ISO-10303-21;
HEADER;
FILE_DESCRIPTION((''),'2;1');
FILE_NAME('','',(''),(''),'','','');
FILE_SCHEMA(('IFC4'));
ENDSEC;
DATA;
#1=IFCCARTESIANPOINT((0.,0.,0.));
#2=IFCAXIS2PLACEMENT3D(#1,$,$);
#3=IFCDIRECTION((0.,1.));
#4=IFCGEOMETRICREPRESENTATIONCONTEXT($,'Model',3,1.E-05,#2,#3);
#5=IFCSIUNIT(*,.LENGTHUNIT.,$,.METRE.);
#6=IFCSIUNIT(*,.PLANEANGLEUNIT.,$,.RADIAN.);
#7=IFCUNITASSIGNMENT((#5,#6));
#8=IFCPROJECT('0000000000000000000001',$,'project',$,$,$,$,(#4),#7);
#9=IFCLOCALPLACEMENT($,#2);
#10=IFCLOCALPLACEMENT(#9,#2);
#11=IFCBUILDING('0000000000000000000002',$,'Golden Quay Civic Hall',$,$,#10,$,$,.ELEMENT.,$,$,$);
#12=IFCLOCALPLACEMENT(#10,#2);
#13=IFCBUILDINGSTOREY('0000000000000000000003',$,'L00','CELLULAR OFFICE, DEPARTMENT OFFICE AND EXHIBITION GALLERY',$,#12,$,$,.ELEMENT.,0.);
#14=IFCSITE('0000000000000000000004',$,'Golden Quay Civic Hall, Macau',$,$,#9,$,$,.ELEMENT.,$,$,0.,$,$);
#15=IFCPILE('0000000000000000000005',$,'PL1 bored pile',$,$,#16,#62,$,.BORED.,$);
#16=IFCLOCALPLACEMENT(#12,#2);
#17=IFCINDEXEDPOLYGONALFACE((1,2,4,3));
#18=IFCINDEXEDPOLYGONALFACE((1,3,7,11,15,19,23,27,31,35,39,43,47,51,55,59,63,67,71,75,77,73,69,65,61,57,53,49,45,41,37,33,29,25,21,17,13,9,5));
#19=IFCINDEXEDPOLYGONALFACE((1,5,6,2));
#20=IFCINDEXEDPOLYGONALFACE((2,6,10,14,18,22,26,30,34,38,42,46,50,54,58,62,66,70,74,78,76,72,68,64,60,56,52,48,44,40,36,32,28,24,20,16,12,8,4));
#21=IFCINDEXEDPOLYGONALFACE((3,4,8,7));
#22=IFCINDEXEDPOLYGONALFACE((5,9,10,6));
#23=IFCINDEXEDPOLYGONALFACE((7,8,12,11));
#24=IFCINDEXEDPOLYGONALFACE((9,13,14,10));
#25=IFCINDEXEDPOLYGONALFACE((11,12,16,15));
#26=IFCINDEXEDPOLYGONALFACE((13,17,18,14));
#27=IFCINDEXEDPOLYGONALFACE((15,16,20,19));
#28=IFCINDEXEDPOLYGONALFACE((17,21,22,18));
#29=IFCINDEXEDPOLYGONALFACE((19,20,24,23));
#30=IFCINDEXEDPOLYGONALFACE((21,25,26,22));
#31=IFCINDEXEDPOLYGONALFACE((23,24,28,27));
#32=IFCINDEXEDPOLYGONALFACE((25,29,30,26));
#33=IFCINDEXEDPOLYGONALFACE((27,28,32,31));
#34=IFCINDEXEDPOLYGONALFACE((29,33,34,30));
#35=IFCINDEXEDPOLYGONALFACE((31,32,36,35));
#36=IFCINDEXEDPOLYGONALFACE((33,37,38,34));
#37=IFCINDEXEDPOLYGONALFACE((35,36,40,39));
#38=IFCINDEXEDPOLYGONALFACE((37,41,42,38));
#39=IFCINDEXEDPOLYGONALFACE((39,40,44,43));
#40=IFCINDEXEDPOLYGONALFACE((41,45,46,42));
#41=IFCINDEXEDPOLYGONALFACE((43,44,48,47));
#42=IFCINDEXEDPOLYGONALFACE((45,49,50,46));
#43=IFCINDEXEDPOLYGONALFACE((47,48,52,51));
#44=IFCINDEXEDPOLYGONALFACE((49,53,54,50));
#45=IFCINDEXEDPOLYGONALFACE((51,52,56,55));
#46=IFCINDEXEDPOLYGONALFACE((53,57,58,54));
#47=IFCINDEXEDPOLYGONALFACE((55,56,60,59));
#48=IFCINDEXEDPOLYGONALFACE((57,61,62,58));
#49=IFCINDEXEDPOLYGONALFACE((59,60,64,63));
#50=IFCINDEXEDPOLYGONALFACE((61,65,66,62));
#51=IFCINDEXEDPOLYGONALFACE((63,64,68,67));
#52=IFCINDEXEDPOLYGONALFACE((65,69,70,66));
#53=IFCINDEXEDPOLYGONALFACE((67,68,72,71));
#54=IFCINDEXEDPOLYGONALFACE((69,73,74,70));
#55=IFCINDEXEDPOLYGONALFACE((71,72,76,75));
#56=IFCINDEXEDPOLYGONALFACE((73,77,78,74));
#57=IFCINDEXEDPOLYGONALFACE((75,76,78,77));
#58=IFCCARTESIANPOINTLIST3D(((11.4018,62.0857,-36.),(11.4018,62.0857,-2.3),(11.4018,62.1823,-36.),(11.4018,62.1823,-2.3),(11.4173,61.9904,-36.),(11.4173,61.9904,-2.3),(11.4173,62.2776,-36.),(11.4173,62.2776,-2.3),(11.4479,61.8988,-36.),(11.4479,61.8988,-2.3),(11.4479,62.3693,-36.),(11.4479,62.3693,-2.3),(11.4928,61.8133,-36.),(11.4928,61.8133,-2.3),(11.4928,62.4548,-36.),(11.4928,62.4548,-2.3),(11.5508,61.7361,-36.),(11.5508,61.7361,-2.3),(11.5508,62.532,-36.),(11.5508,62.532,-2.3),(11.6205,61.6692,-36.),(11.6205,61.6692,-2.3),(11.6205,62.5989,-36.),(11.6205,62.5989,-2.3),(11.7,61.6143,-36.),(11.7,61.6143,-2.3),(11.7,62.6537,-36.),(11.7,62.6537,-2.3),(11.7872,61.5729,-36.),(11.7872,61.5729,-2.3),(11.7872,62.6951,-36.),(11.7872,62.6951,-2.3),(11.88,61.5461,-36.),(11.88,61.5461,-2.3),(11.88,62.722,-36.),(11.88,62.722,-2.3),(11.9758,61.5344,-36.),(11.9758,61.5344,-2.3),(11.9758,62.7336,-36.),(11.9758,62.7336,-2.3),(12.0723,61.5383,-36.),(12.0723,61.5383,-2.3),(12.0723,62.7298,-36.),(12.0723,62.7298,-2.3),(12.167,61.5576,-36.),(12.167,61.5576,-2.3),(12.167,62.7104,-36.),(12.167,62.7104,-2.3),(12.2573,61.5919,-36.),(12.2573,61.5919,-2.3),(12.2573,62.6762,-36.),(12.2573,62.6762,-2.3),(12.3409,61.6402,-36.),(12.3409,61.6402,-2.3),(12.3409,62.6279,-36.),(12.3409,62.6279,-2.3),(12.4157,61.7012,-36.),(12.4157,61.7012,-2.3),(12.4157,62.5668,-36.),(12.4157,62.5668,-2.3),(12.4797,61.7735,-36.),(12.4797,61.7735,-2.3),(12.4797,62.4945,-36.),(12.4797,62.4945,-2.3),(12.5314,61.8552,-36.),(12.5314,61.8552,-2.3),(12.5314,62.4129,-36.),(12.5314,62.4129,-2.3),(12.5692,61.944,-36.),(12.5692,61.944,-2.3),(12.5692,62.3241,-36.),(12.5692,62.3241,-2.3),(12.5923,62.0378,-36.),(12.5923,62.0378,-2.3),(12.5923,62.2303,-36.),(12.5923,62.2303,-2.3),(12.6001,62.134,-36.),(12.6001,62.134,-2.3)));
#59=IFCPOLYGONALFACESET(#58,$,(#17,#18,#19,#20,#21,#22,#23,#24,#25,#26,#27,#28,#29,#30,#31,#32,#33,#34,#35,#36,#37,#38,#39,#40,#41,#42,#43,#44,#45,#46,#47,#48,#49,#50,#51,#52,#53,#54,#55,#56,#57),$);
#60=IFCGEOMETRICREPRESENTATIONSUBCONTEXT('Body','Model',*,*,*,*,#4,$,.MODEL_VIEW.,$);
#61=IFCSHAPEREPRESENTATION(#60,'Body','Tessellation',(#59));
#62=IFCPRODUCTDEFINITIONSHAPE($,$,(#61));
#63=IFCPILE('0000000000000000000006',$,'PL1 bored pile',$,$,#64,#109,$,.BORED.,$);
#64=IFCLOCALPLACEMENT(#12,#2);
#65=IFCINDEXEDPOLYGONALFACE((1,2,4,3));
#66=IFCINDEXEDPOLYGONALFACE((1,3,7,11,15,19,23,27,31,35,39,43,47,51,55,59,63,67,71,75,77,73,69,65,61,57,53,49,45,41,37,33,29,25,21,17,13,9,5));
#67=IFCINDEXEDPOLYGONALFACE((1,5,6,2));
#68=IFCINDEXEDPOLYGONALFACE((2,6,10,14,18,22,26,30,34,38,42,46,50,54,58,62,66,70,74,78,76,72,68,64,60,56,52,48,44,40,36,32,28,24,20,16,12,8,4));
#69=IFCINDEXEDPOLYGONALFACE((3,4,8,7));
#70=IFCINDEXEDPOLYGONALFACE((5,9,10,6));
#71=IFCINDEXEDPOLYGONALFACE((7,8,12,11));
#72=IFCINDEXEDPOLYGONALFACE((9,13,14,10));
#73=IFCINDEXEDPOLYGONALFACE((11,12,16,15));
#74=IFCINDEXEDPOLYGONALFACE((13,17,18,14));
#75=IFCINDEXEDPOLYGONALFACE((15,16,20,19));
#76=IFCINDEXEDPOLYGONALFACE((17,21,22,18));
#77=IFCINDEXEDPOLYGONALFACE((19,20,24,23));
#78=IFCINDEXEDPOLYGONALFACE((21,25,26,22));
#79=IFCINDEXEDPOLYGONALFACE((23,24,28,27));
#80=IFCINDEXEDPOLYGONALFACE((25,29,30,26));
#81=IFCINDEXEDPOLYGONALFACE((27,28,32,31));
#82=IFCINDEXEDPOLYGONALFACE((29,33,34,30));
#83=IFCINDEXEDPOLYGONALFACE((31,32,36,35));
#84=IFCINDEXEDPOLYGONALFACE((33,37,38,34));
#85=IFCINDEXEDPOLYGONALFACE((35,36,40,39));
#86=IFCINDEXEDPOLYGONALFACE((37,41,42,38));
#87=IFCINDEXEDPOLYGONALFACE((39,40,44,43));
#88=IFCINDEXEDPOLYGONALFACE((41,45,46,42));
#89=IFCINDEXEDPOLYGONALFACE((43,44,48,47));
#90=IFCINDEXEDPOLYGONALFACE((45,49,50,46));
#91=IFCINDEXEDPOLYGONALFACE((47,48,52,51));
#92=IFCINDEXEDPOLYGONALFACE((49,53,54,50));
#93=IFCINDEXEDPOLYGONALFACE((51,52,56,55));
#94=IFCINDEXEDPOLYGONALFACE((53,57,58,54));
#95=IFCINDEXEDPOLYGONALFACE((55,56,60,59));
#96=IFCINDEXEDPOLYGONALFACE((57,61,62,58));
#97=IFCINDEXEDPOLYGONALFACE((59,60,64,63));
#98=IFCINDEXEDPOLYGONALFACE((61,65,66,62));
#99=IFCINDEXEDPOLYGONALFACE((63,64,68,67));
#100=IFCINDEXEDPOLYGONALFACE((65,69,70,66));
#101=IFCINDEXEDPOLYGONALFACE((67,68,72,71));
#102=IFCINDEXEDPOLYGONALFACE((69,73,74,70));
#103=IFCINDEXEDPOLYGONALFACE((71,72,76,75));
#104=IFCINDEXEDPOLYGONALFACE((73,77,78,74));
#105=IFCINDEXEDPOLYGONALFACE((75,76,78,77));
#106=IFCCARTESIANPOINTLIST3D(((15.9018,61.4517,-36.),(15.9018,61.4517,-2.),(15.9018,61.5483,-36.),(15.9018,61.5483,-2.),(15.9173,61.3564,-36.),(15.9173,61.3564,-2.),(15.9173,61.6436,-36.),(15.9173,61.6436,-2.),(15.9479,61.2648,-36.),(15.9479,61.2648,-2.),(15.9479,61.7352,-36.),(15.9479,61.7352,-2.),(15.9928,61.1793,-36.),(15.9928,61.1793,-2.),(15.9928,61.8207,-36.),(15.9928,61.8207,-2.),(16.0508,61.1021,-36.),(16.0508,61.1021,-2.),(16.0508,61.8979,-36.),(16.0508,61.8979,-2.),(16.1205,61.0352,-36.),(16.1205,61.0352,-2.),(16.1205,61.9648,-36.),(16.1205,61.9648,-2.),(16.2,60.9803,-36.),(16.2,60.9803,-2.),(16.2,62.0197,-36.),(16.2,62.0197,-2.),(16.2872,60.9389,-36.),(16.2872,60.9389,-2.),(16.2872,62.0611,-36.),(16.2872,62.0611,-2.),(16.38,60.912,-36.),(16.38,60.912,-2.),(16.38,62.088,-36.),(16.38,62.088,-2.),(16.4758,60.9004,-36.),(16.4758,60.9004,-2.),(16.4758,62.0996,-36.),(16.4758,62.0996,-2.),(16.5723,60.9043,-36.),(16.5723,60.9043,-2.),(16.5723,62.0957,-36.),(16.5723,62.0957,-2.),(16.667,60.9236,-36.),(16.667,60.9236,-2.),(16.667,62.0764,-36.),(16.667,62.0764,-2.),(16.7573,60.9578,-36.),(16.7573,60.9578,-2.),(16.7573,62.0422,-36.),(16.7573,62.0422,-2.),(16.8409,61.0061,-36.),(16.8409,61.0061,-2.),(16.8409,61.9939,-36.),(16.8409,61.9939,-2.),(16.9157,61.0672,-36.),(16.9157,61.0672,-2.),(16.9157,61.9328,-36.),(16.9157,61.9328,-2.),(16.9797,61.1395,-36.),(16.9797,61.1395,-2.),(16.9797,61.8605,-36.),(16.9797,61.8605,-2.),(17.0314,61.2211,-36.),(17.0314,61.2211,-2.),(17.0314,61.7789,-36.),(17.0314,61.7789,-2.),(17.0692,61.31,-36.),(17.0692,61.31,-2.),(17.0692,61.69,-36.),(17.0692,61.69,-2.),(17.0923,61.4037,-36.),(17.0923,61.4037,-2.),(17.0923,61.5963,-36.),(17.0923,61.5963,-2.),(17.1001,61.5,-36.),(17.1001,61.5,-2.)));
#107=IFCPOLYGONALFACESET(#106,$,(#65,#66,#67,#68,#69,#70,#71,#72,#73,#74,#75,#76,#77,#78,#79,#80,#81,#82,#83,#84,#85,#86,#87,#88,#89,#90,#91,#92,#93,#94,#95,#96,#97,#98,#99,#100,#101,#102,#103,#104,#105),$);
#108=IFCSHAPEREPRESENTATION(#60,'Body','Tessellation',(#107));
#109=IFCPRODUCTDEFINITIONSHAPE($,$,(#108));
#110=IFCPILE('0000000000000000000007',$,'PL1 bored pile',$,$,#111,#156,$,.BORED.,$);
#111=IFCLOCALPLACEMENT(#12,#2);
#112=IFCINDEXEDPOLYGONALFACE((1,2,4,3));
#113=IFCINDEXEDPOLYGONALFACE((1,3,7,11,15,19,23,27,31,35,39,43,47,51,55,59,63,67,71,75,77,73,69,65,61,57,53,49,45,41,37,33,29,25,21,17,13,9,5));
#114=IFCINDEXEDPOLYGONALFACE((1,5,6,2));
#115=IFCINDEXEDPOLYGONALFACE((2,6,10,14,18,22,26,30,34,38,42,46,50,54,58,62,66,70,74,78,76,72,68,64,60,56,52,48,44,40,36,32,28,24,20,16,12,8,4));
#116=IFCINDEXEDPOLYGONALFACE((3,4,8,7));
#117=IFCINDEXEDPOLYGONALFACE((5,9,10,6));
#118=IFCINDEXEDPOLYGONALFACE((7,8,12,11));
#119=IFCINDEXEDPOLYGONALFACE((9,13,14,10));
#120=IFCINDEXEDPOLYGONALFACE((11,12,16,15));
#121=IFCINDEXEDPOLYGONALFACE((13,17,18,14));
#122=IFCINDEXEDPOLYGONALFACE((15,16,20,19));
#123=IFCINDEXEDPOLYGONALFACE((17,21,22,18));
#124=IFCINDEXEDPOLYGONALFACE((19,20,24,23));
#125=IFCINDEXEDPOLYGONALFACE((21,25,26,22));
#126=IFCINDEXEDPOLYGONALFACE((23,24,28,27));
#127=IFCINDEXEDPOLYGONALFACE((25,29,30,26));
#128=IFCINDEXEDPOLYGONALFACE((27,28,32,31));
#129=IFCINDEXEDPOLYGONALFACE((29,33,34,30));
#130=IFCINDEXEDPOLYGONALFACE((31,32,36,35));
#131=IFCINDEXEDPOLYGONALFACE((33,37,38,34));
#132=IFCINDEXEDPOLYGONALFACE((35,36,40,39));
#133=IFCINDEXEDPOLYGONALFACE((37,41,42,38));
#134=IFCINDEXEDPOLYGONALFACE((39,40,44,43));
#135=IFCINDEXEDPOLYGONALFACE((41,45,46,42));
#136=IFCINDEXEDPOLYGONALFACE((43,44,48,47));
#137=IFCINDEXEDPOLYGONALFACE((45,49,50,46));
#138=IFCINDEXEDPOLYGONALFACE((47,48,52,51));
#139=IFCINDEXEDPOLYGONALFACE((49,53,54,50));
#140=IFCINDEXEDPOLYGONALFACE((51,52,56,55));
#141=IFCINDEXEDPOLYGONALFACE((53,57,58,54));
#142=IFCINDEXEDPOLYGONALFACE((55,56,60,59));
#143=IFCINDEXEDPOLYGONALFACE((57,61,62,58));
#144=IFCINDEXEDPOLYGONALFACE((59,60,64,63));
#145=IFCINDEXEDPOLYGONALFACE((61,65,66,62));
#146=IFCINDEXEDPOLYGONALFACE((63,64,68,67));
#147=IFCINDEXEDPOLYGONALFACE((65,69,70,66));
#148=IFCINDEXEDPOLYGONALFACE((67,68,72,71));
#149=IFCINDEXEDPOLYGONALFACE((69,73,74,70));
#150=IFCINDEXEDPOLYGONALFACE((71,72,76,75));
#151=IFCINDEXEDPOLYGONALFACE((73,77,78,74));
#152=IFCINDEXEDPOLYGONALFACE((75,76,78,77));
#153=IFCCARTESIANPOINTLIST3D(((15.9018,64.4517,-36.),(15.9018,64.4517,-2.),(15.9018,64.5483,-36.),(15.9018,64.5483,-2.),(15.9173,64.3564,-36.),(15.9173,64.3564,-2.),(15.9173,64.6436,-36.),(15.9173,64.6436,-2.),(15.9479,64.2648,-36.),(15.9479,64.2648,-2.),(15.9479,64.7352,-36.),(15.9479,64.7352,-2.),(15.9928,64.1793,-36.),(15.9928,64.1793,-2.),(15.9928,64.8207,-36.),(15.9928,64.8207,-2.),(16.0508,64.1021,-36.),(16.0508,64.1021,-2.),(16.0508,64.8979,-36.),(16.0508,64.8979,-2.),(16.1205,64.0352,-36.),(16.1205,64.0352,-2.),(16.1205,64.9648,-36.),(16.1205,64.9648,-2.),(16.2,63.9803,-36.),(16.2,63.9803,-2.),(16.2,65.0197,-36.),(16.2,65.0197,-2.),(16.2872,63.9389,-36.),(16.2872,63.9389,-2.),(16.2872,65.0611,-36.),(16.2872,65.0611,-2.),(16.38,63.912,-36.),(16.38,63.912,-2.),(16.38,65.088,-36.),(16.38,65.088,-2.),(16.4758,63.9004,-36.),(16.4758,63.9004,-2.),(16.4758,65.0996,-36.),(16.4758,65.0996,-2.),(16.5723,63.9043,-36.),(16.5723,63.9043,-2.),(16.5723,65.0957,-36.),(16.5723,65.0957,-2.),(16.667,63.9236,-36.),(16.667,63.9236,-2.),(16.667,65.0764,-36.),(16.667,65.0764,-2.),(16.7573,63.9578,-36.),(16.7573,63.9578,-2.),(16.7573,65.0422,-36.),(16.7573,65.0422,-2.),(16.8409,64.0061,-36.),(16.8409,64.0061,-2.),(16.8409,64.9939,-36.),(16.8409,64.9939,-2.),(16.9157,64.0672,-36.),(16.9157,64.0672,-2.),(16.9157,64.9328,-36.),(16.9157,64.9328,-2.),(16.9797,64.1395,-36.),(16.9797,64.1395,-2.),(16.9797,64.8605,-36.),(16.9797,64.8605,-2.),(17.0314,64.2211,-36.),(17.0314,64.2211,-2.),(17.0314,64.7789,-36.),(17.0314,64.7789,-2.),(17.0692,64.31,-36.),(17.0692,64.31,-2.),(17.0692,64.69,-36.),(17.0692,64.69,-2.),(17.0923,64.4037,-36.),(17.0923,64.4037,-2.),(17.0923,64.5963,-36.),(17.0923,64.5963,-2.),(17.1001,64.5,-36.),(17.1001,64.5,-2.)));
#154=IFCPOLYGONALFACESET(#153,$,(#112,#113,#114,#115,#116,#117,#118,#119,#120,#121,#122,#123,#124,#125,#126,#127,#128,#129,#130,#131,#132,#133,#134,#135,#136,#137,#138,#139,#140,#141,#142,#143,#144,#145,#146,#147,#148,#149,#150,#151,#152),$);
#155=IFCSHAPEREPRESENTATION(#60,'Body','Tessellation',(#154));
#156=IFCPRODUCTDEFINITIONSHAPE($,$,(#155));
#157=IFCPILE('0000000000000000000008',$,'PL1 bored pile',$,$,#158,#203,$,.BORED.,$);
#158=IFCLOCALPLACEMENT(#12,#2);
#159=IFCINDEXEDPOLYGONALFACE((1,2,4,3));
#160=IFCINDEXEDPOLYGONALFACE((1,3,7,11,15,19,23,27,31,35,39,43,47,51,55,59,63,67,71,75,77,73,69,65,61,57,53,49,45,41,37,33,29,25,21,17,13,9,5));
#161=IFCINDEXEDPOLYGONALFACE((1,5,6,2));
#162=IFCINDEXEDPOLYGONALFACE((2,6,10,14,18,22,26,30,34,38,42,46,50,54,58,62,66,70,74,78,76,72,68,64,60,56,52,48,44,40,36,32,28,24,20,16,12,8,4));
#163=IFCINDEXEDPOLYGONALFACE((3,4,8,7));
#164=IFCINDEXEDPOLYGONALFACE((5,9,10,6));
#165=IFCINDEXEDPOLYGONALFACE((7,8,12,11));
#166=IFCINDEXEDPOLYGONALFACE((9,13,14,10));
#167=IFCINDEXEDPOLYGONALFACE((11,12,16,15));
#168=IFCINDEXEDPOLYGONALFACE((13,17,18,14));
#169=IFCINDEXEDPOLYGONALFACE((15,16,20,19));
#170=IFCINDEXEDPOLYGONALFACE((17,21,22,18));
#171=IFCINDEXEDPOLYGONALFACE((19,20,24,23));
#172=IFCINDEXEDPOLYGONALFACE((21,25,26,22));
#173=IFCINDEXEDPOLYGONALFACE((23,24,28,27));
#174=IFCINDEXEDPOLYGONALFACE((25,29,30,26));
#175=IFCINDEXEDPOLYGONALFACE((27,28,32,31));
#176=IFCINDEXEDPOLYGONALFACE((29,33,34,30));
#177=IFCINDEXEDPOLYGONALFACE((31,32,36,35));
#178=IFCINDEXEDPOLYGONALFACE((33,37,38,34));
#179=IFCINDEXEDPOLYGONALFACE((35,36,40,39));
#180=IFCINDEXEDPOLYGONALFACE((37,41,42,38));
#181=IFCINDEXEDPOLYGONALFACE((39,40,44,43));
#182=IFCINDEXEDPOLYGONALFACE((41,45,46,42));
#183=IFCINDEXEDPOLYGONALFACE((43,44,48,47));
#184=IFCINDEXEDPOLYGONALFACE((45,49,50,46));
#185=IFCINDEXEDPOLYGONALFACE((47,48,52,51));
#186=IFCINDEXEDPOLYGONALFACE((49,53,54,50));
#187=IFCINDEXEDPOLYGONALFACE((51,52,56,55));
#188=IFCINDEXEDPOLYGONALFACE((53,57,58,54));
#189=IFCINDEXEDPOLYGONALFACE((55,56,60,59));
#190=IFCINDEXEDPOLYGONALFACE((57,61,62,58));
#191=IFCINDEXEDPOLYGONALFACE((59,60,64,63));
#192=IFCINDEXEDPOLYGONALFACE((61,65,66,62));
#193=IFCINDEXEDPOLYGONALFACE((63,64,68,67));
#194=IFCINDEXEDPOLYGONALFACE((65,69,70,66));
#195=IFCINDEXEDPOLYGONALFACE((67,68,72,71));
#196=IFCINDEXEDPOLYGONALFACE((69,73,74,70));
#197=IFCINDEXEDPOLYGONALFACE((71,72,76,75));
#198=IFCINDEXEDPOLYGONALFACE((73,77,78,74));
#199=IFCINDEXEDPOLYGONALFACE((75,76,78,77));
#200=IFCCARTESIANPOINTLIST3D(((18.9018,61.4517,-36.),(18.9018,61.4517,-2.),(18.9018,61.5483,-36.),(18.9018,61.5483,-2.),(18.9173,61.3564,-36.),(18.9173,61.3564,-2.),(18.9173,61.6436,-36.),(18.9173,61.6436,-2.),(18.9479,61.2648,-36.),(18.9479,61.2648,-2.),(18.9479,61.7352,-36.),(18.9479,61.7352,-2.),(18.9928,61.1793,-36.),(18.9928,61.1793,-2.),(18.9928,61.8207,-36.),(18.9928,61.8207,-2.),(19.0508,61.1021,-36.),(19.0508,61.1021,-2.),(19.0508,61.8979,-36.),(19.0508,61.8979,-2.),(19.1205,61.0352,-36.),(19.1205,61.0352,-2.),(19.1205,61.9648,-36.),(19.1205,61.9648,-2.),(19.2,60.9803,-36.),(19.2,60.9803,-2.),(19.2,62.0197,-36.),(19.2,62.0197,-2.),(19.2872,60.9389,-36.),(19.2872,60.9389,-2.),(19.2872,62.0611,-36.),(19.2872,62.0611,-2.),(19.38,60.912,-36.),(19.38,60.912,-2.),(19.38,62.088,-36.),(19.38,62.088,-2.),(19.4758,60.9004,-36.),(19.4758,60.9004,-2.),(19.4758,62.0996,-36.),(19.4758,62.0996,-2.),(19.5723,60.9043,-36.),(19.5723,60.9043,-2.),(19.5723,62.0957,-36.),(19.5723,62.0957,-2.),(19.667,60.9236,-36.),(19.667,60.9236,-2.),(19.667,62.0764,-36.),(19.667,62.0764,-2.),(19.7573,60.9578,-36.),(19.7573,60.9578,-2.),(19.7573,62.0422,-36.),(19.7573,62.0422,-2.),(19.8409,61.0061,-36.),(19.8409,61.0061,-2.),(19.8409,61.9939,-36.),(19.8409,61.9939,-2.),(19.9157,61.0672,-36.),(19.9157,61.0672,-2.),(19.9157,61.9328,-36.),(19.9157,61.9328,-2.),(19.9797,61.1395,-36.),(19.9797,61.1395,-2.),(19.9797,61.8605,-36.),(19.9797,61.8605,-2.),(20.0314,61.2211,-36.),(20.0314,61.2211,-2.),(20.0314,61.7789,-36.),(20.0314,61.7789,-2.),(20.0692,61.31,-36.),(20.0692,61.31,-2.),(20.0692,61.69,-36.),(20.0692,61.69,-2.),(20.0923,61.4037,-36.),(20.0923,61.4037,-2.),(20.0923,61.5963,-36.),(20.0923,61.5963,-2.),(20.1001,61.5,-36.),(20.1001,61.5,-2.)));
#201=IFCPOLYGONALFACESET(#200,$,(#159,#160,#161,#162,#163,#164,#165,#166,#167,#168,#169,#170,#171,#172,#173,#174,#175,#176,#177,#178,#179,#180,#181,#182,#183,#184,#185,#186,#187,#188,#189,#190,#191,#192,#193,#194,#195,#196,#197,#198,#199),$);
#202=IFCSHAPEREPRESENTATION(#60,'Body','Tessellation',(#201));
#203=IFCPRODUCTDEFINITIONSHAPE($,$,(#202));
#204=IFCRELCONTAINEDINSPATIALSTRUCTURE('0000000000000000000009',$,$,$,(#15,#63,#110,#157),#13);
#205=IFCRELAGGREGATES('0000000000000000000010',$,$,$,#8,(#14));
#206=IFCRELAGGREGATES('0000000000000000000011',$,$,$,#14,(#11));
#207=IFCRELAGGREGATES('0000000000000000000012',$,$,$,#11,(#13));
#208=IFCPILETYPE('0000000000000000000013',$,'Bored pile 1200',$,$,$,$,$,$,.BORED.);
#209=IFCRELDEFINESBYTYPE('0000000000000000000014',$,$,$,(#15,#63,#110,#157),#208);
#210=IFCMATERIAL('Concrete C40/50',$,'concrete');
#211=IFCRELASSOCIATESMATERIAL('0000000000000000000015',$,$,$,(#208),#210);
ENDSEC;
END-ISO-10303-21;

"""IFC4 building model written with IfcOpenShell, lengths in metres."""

from ifc_helpers import new_model, si_unit, direction, frame, origin, origin_2d, place, context, subcontext, project, spatial, circle, extrude, material, material_profile, profile_set, type_object, element, save


model = new_model("IFC4")

# Units and contexts
model_context = context("Model", 3, precision=1e-05, world=origin(), true_north=direction((0.0, 1.0)))
body_context = subcontext(model_context, "Body", "Model", "MODEL_VIEW")
ifc_project = project(units=[si_unit("LENGTHUNIT", "METRE"), si_unit("PLANEANGLEUNIT", "RADIAN")], contexts=[model_context])

# Site, building, storey
site_placement = place(None, origin())
site = spatial("IfcSite", under=ifc_project, at=site_placement, Name="Golden Quay Civic Hall, Macau", CompositionType="ELEMENT", RefElevation=0.0)
building_placement = place(site_placement, origin())
building = spatial("IfcBuilding", under=site, at=building_placement, Name="Golden Quay Civic Hall", CompositionType="ELEMENT")
storey_placement = place(building_placement, origin())
storey = spatial("IfcBuildingStorey", under=building, at=storey_placement, Name="L00", Description="CELLULAR OFFICE, DEPARTMENT OFFICE AND EXHIBITION GALLERY", CompositionType="ELEMENT", Elevation=0.0)

# Piles
ifc_material_1 = material(Name="Concrete C40/50", Category="concrete")
ifc_material_profile_1 = material_profile(ifc_material_1, circle(Radius=0.6001, at=origin_2d()), Name="RC D1200")
ifc_profile_set_1 = profile_set([ifc_material_profile_1], Name="Concrete C40/50")
pile_type = type_object("IfcPileType", Name="Bored pile 1200", PredefinedType="BORED", material=ifc_profile_set_1)
pile_placement = place(storey_placement, frame((12.0, 62.134, -2.3), z_axis=(0.0, 0.0, -1.0), x_axis=(1.0, 0.0, 0.0)))
element("IfcPile", 1, at=pile_placement, inside=storey, type_object=pile_type, Name="PL1 bored pile", PredefinedType="BORED", context=body_context, shape_type="SweptSolid", body=[
    extrude(circle(Radius=0.6001, at=origin_2d()), origin(), (0.0, 0.0, 1.0), 33.7),
])
for number, where, z_axis, x_axis, name in (
    (2, (16.5, 61.5, -2.0), (0.0, 0.0, -1.0), (1.0, 0.0, 0.0), "PL1 bored pile"),
    (3, (16.5, 64.5, -2.0), (0.0, 0.0, -1.0), (1.0, 0.0, 0.0), "PL1 bored pile"),
    (4, (19.5, 61.5, -2.0), (0.0, 0.0, -1.0), (1.0, 0.0, 0.0), "PL1 bored pile"),
):
    element("IfcPile", number, at=place(storey_placement, frame(where, z_axis=z_axis, x_axis=x_axis)), inside=storey, type_object=pile_type, Name=name, PredefinedType="BORED", context=body_context, shape_type="SweptSolid", body=[
        extrude(circle(Radius=0.6001, at=origin_2d()), origin(), (0.0, 0.0, 1.0), 34.0),
    ])

save(model, "model.ifc")
